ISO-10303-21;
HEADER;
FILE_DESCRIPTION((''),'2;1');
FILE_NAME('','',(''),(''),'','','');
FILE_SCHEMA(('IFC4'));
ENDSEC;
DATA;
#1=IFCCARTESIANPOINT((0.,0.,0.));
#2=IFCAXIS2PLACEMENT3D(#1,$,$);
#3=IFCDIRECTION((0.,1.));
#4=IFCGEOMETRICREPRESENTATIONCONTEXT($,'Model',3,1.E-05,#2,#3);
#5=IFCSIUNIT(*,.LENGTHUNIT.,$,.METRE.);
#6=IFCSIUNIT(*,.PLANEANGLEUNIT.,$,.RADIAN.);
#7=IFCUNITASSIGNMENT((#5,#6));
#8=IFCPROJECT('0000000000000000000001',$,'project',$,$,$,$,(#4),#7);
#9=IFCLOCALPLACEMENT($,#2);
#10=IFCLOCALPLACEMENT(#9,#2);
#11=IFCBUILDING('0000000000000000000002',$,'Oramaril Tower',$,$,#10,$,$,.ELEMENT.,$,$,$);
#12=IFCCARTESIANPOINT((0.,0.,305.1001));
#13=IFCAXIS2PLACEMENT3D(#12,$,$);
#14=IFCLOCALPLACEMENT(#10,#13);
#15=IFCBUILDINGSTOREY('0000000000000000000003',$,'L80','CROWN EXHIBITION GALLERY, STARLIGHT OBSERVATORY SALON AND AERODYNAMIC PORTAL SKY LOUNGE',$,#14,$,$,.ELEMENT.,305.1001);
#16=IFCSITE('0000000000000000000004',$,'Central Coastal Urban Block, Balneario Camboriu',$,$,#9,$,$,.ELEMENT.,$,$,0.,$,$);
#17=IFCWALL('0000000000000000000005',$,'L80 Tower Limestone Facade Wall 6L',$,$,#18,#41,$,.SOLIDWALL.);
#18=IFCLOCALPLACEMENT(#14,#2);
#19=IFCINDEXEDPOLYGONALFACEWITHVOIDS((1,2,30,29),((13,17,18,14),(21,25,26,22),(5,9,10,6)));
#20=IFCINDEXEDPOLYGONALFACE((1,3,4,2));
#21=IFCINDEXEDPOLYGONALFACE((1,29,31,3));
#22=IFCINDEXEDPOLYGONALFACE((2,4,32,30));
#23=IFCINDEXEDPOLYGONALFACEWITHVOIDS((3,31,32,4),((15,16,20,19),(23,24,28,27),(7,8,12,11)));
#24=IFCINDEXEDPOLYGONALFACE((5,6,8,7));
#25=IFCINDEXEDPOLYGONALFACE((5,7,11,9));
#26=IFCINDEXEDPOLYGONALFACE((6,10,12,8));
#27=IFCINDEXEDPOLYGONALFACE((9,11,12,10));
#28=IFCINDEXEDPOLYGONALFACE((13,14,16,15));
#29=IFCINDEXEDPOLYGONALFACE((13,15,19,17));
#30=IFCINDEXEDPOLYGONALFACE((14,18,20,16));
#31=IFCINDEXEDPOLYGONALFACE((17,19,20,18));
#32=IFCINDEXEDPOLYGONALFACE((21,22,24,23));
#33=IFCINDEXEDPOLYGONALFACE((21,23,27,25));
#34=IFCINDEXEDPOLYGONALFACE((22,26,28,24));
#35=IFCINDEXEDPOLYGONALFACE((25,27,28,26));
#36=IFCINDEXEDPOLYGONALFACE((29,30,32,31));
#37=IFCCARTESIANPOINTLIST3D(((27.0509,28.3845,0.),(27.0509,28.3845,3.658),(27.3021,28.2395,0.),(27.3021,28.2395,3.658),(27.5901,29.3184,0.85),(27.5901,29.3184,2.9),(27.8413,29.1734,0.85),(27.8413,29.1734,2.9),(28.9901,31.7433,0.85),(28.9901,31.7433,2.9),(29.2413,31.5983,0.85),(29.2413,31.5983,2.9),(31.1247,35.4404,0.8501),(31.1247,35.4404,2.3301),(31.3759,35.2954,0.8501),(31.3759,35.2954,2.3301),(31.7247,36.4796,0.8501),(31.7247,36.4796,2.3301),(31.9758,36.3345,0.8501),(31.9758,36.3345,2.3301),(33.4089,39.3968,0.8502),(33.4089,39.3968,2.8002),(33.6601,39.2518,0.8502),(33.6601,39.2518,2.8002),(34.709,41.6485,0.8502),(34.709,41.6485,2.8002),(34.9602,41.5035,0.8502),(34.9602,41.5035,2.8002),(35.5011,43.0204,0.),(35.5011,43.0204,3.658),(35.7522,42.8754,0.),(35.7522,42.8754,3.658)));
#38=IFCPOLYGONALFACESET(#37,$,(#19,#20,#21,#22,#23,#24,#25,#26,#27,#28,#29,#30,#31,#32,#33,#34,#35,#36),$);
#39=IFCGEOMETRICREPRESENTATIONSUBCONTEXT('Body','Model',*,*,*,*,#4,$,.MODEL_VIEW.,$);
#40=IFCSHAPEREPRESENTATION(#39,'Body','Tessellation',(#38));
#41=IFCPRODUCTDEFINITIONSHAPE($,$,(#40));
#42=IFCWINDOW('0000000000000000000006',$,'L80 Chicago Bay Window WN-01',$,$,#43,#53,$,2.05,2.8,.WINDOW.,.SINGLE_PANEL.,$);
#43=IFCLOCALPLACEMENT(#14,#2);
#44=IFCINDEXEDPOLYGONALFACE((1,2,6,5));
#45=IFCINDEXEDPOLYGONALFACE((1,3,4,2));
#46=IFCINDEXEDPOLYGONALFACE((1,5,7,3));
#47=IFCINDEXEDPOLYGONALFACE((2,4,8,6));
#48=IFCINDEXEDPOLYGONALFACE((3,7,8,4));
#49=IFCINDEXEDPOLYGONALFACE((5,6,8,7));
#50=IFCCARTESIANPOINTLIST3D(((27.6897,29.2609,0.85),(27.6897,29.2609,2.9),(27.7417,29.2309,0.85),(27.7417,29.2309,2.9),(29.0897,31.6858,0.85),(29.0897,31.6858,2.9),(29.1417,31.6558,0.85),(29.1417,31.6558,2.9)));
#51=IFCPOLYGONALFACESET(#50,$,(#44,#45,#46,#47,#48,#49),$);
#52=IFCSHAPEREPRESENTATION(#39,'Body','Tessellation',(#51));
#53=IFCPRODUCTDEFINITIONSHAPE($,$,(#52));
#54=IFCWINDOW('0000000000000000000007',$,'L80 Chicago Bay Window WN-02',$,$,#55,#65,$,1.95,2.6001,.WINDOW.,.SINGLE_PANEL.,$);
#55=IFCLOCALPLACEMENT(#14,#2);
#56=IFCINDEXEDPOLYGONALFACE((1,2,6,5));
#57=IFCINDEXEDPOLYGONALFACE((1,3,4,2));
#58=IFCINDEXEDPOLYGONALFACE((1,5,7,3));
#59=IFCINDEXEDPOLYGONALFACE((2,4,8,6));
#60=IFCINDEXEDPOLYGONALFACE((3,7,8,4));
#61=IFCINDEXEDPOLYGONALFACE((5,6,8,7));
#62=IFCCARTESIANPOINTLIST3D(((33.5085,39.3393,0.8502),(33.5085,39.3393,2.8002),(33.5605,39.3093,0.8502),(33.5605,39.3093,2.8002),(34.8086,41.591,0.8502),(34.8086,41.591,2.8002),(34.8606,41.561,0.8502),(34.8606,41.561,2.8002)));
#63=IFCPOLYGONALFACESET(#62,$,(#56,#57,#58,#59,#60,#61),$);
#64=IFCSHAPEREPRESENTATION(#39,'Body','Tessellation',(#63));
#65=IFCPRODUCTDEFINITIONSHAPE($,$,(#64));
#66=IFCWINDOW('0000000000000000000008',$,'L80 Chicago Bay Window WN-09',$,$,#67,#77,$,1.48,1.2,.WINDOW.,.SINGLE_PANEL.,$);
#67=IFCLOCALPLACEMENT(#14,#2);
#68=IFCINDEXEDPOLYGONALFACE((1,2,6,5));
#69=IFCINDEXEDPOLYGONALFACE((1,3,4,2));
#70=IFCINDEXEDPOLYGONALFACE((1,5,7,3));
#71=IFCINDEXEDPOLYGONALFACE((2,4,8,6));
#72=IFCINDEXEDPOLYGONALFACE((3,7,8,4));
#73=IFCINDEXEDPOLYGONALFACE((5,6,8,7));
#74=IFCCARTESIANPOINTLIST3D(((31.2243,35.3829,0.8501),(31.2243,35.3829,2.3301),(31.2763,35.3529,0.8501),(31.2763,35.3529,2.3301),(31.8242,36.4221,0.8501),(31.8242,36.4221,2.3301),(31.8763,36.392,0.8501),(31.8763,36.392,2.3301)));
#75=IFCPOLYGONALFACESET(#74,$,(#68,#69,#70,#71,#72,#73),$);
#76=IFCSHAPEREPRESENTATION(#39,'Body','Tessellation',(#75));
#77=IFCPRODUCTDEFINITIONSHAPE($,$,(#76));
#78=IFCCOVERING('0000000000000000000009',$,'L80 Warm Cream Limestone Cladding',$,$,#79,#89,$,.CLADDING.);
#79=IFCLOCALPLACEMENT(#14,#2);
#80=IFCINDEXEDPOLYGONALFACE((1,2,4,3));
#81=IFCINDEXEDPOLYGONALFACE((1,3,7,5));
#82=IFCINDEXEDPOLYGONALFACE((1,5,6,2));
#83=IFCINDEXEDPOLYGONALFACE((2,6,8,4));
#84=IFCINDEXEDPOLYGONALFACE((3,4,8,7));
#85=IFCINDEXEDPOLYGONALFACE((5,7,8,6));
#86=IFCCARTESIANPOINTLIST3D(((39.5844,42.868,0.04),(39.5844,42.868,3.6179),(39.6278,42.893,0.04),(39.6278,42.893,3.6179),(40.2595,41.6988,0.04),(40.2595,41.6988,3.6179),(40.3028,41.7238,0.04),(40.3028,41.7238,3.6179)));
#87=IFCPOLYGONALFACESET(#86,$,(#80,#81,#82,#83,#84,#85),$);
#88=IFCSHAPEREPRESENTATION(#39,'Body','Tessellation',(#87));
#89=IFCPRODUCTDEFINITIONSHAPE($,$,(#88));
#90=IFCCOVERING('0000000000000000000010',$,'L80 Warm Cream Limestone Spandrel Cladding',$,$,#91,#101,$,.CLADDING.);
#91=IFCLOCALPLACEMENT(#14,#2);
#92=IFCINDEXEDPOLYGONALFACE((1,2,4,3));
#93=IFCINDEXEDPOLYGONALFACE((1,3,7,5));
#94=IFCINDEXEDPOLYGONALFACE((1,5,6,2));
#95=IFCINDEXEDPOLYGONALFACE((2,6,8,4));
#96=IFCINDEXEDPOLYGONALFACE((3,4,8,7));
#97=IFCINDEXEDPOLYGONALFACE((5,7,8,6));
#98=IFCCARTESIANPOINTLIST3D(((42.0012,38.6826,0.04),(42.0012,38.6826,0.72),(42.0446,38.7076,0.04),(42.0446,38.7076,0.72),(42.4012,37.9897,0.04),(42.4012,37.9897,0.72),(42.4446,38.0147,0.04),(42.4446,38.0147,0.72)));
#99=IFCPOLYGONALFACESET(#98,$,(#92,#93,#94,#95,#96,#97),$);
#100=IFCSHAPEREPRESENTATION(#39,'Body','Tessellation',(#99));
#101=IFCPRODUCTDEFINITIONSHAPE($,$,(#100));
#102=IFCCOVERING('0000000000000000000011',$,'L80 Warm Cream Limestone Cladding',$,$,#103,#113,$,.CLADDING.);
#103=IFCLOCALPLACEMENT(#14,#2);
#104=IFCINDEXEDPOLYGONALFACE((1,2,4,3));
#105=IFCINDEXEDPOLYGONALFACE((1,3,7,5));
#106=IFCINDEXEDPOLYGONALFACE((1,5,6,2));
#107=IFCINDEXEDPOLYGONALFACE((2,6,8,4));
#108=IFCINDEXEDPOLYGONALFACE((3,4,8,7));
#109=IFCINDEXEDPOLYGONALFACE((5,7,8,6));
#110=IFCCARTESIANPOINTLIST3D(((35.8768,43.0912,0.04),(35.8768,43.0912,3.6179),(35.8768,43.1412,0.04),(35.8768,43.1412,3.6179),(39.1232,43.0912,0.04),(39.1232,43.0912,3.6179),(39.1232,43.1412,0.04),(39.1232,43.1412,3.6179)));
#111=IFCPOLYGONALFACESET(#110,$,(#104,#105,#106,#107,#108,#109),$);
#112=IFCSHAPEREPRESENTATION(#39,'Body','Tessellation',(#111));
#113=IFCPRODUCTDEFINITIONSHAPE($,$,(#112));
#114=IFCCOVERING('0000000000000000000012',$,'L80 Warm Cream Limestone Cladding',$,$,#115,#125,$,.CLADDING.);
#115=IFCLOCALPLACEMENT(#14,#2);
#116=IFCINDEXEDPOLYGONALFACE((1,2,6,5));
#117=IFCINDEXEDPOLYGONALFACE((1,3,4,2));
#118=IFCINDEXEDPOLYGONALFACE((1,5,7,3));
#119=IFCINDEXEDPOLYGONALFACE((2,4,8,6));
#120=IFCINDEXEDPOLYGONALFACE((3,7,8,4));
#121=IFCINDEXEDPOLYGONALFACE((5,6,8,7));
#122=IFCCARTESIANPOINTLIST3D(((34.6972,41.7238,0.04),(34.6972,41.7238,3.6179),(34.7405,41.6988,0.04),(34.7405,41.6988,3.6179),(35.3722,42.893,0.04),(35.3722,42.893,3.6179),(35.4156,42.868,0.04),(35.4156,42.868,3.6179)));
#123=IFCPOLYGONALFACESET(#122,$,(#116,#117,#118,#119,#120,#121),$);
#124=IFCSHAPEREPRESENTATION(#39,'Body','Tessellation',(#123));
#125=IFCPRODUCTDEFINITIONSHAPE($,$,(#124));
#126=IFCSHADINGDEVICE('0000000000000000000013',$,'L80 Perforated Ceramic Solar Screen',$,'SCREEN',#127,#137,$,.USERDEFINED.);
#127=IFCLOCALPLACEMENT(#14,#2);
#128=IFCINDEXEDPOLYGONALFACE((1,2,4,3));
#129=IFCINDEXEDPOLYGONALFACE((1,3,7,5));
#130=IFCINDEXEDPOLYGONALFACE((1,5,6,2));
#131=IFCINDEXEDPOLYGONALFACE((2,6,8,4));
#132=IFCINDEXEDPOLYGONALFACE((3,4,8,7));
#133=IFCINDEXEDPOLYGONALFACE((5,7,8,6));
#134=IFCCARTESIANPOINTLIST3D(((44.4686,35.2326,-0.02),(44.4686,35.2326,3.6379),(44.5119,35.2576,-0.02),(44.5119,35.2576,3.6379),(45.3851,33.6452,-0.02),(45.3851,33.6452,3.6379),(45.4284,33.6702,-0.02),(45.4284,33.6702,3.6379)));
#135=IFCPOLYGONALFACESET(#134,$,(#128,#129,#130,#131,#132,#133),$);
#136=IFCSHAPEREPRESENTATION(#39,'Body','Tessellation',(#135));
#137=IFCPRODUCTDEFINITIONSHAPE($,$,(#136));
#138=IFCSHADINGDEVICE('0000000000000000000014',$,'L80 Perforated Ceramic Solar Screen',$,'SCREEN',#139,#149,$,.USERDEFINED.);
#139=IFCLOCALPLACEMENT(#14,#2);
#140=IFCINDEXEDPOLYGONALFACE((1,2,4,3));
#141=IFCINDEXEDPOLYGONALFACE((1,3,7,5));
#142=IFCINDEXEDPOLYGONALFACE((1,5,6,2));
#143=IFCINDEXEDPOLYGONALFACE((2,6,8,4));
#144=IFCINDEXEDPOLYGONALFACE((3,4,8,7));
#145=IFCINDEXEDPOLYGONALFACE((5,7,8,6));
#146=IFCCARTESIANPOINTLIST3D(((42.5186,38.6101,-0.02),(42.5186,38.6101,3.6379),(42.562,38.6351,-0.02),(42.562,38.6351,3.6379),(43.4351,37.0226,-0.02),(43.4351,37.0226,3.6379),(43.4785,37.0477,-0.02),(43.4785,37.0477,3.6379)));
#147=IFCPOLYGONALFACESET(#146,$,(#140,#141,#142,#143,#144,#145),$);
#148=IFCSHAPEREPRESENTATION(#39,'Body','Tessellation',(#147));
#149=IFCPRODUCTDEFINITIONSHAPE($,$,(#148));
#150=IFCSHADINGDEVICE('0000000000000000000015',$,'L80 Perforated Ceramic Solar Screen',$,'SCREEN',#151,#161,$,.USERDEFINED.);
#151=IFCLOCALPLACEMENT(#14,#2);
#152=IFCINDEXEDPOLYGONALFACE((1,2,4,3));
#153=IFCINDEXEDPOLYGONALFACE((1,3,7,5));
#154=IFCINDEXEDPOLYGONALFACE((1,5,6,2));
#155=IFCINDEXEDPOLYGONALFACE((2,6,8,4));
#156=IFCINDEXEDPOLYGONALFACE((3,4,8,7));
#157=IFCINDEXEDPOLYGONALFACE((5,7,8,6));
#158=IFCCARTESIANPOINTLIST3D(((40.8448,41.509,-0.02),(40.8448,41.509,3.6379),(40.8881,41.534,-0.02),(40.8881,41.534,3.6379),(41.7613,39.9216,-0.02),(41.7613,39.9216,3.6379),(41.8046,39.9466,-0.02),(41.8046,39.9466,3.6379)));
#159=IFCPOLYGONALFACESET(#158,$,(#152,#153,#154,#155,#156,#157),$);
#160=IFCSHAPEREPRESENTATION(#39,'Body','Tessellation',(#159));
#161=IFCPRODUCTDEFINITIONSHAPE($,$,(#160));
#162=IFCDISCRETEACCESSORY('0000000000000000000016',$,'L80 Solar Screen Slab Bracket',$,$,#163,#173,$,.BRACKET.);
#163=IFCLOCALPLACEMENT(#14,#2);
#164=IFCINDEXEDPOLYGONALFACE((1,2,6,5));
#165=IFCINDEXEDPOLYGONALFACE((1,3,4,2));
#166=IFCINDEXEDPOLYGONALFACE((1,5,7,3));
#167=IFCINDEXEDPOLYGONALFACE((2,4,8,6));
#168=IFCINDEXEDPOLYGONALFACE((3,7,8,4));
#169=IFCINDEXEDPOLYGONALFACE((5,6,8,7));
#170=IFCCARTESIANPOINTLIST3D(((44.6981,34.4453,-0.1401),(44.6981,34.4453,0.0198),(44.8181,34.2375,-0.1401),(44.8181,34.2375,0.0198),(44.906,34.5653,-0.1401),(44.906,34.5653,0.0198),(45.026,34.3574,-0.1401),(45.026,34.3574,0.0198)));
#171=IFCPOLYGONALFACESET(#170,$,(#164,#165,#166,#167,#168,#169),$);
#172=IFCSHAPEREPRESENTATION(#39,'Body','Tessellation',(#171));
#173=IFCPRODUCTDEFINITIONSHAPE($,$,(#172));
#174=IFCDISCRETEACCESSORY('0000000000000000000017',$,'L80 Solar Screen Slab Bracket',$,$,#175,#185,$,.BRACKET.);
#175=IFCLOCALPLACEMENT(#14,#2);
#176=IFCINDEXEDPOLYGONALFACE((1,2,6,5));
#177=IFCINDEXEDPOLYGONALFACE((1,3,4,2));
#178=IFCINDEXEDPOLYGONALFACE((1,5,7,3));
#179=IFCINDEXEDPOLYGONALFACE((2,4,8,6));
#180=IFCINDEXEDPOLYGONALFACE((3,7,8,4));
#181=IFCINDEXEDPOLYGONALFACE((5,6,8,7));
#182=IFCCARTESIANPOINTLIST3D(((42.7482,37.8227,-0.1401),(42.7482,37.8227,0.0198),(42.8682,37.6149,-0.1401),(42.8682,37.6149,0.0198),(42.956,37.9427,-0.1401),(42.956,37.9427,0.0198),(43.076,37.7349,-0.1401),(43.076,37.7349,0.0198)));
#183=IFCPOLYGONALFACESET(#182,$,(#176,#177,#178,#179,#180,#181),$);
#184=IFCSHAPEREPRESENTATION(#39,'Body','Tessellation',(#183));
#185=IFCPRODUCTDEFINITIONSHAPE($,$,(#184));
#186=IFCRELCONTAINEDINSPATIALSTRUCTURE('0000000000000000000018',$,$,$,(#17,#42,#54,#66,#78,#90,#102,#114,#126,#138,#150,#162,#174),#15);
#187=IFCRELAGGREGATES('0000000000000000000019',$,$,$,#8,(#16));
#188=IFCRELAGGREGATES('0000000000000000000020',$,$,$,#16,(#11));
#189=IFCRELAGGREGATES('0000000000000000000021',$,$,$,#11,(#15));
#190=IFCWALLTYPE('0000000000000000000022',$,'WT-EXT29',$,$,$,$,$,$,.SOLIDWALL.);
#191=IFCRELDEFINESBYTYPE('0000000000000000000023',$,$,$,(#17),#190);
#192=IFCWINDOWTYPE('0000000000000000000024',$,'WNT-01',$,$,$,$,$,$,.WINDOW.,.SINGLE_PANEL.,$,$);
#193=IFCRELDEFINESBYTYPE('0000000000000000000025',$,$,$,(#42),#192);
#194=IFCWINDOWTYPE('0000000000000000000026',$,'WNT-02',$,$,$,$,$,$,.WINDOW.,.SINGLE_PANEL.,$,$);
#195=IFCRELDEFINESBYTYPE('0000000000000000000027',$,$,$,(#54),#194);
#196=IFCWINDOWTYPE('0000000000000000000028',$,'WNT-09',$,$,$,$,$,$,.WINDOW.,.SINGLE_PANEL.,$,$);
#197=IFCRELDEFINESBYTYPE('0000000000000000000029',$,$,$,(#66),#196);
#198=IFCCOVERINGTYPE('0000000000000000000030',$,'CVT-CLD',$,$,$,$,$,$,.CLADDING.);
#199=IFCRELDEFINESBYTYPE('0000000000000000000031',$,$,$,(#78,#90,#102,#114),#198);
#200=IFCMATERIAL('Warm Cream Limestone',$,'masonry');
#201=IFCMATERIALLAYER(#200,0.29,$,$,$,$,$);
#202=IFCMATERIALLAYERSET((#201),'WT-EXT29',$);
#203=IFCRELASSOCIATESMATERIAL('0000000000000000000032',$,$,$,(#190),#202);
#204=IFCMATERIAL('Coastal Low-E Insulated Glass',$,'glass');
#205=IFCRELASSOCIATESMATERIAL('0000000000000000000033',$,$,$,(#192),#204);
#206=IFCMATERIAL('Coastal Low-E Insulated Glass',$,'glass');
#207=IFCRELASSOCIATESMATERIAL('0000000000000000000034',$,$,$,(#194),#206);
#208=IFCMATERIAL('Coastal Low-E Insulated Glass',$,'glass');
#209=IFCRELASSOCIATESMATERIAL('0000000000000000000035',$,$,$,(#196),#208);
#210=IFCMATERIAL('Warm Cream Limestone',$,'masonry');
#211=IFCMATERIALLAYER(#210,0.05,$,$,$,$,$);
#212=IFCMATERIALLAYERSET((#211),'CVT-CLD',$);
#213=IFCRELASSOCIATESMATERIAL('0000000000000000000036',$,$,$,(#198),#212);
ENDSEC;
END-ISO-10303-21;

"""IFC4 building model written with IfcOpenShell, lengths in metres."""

from ifc_helpers import new_model, si_unit, direction, frame, frame_2d, origin, origin_2d, place, context, subcontext, project, spatial, rectangle, extrude, material, layer, layer_set, type_object, element, fill, save


model = new_model("IFC4")

# Units and contexts
model_context = context("Model", 3, precision=1e-05, world=origin(), true_north=direction((0.0, 1.0)))
body_context = subcontext(model_context, "Body", "Model", "MODEL_VIEW")
ifc_project = project(units=[si_unit("LENGTHUNIT", "METRE"), si_unit("PLANEANGLEUNIT", "RADIAN")], contexts=[model_context])

# Site, building, storey
site_placement = place(None, origin())
site = spatial("IfcSite", under=ifc_project, at=site_placement, Name="Central Coastal Urban Block, Balneario Camboriu", CompositionType="ELEMENT", RefElevation=0.0)
building_placement = place(site_placement, origin())
building = spatial("IfcBuilding", under=site, at=building_placement, Name="Oramaril Tower", CompositionType="ELEMENT")
storey_placement = place(building_placement, frame((0.0, 0.0, 305.1001)))
storey = spatial("IfcBuildingStorey", under=building, at=storey_placement, Name="L80", Description="CROWN EXHIBITION GALLERY, STARLIGHT OBSERVATORY SALON AND AERODYNAMIC PORTAL SKY LOUNGE", CompositionType="ELEMENT", Elevation=305.1001)

# Shared definitions
ifc_material_1 = material(Name="Warm Cream Limestone", Category="masonry")
ifc_layer_1 = layer(ifc_material_1, 0.29)
ifc_layer_set_1 = layer_set([ifc_layer_1], Name="WT-EXT29")
wall_type = type_object("IfcWallType", Name="WT-EXT29", PredefinedType="SOLIDWALL", material=ifc_layer_set_1)

# Wall, openings, windows
wall_1_placement = place(storey_placement, frame((35.6267, 42.948, 0.0), z_axis=(0.0, 0.0, 1.0), x_axis=(-0.500005, -0.866023, 0.0)))
wall_1 = element("IfcWall", 1, at=wall_1_placement, inside=storey, type_object=wall_type, Name="L80 Tower Limestone Facade Wall 6L", PredefinedType="SOLIDWALL", context=body_context, shape_type="SweptSolid", body=[
    extrude(rectangle(XDim=16.9001, YDim=0.29, at=frame_2d((8.4502, 0.0))), origin(), (0.0, 0.0, 1.0), 3.658),
])
opening_1_placement = place(wall_1_placement, frame((13.022, 0.0, 0.8501)))
opening_1 = element("IfcOpeningElement", 2, at=opening_1_placement, cuts=wall_1, PredefinedType="OPENING", context=body_context, shape_type="SweptSolid", body=[
    extrude(rectangle(XDim=2.8, YDim=2.05, at=frame_2d((1.3999, 1.0249))), frame((0.0, 0.145, 0.0), z_axis=(0.0, -1.0, 0.0), x_axis=(1.0, 0.0, 0.0)), (0.0, 0.0, 1.0), 0.29),
])
opening_2_placement = place(wall_1_placement, frame((1.5842, 0.0, 0.8501)))
opening_2 = element("IfcOpeningElement", 3, at=opening_2_placement, cuts=wall_1, PredefinedType="OPENING", context=body_context, shape_type="SweptSolid", body=[
    extrude(rectangle(XDim=2.6001, YDim=1.95, at=frame_2d((1.3, 0.9751))), frame((0.0, 0.145, 0.0), z_axis=(0.0, -1.0, 0.0), x_axis=(1.0, 0.0, 0.0)), (0.0, 0.0, 1.0), 0.29),
])
opening_3_placement = place(wall_1_placement, frame((7.5527, 0.0, 0.8501)))
opening_3 = element("IfcOpeningElement", 4, at=opening_3_placement, cuts=wall_1, PredefinedType="OPENING", context=body_context, shape_type="SweptSolid", body=[
    extrude(rectangle(XDim=1.2, YDim=1.48, at=frame_2d((0.6001, 0.74))), frame((0.0, 0.145, 0.0), z_axis=(0.0, -1.0, 0.0), x_axis=(1.0, 0.0, 0.0)), (0.0, 0.0, 1.0), 0.29),
])
ifc_material_2 = material(Name="Coastal Low-E Insulated Glass", Category="glass")
window_type_1 = type_object("IfcWindowType", Name="WNT-01", PartitioningType="SINGLE_PANEL", PredefinedType="WINDOW", material=ifc_material_2)
window_1_placement = place(opening_1_placement, origin())
window_1 = element("IfcWindow", 5, at=window_1_placement, inside=storey, type_object=window_type_1, Name="L80 Chicago Bay Window WN-01", OverallHeight=2.05, OverallWidth=2.8, PartitioningType="SINGLE_PANEL", PredefinedType="WINDOW", context=body_context, shape_type="SweptSolid", body=[
    extrude(rectangle(XDim=2.8, YDim=2.05, at=frame_2d((1.3999, 1.0249))), frame((0.0, 0.03, 0.0), z_axis=(0.0, -1.0, 0.0), x_axis=(1.0, 0.0, 0.0)), (0.0, 0.0, 1.0), 0.0601),
])
fill(opening_1, window_1)
ifc_material_3 = material(Name="Coastal Low-E Insulated Glass", Category="glass")
window_type_2 = type_object("IfcWindowType", Name="WNT-02", PartitioningType="SINGLE_PANEL", PredefinedType="WINDOW", material=ifc_material_3)
window_2_placement = place(opening_2_placement, origin())
window_2 = element("IfcWindow", 6, at=window_2_placement, inside=storey, type_object=window_type_2, Name="L80 Chicago Bay Window WN-02", OverallHeight=1.95, OverallWidth=2.6001, PartitioningType="SINGLE_PANEL", PredefinedType="WINDOW", context=body_context, shape_type="SweptSolid", body=[
    extrude(rectangle(XDim=2.6001, YDim=1.95, at=frame_2d((1.3, 0.9751))), frame((0.0, 0.03, 0.0), z_axis=(0.0, -1.0, 0.0), x_axis=(1.0, 0.0, 0.0)), (0.0, 0.0, 1.0), 0.0601),
])
fill(opening_2, window_2)
ifc_material_4 = material(Name="Coastal Low-E Insulated Glass", Category="glass")
window_type_3 = type_object("IfcWindowType", Name="WNT-09", PartitioningType="SINGLE_PANEL", PredefinedType="WINDOW", material=ifc_material_4)
window_3_placement = place(opening_3_placement, origin())
window_3 = element("IfcWindow", 7, at=window_3_placement, inside=storey, type_object=window_type_3, Name="L80 Chicago Bay Window WN-09", OverallHeight=1.48, OverallWidth=1.2, PartitioningType="SINGLE_PANEL", PredefinedType="WINDOW", context=body_context, shape_type="SweptSolid", body=[
    extrude(rectangle(XDim=1.2, YDim=1.48, at=frame_2d((0.6001, 0.74))), frame((0.0, 0.03, 0.0), z_axis=(0.0, -1.0, 0.0), x_axis=(1.0, 0.0, 0.0)), (0.0, 0.0, 1.0), 0.0601),
])
fill(opening_3, window_3)

# Coverings
ifc_material_5 = material(Name="Warm Cream Limestone", Category="masonry")
ifc_layer_2 = layer(ifc_material_5, 0.05)
ifc_layer_set_2 = layer_set([ifc_layer_2], Name="CVT-CLD")
covering_type = type_object("IfcCoveringType", Name="CVT-CLD", PredefinedType="CLADDING", material=ifc_layer_set_2)
covering_1_placement = place(storey_placement, frame((39.9436, 42.2959, 0.04), z_axis=(0.0, 0.0, 1.0), x_axis=(-0.5, 0.866025, 0.0)))
element("IfcCovering", 8, at=covering_1_placement, inside=storey, type_object=covering_type, Name="L80 Warm Cream Limestone Cladding", PredefinedType="CLADDING", context=body_context, shape_type="SweptSolid", body=[
    extrude(rectangle(XDim=1.3501, YDim=0.05, at=origin_2d()), origin(), (0.0, 0.0, 1.0), 3.5779),
])
covering_2_placement = place(storey_placement, frame((42.2229, 38.3486, 0.04), z_axis=(0.0, 0.0, 1.0), x_axis=(-0.5, 0.866025, 0.0)))
element("IfcCovering", 9, at=covering_2_placement, inside=storey, type_object=covering_type, Name="L80 Warm Cream Limestone Spandrel Cladding", PredefinedType="CLADDING", context=body_context, shape_type="SweptSolid", body=[
    extrude(rectangle(XDim=0.8, YDim=0.05, at=origin_2d()), origin(), (0.0, 0.0, 1.0), 0.6799),
])
covering_3_placement = place(storey_placement, frame((37.5, 43.1162, 0.04), z_axis=(0.0, 0.0, 1.0), x_axis=(-1.0, 0.0, 0.0)))
element("IfcCovering", 10, at=covering_3_placement, inside=storey, type_object=covering_type, Name="L80 Warm Cream Limestone Cladding", PredefinedType="CLADDING", context=body_context, shape_type="SweptSolid", body=[
    extrude(rectangle(XDim=3.2463, YDim=0.05, at=origin_2d()), origin(), (0.0, 0.0, 1.0), 3.5779),
])
covering_4_placement = place(storey_placement, frame((35.0564, 42.2959, 0.04), z_axis=(0.0, 0.0, 1.0), x_axis=(-0.5, -0.866025, 0.0)))
element("IfcCovering", 11, at=covering_4_placement, inside=storey, type_object=covering_type, Name="L80 Warm Cream Limestone Cladding", PredefinedType="CLADDING", context=body_context, shape_type="SweptSolid", body=[
    extrude(rectangle(XDim=1.3501, YDim=0.05, at=origin_2d()), origin(), (0.0, 0.0, 1.0), 3.5779),
])

# Shading devices
for number, where, z_axis, x_axis, name in (
    (12, (44.9485, 34.4514, -0.02), (0.0, 0.0, 1.0), (-0.500002, 0.866025, 0.0), "L80 Perforated Ceramic Solar Screen"),
    (13, (42.9985, 37.8289, -0.02), (0.0, 0.0, 1.0), (-0.500002, 0.866025, 0.0), "L80 Perforated Ceramic Solar Screen"),
    (14, (41.3247, 40.7278, -0.02), (0.0, 0.0, 1.0), (-0.500002, 0.866025, 0.0), "L80 Perforated Ceramic Solar Screen"),
):
    element("IfcShadingDevice", number, at=place(storey_placement, frame(where, z_axis=z_axis, x_axis=x_axis)), inside=storey, Name=name, ObjectType="SCREEN", PredefinedType="USERDEFINED", context=body_context, shape_type="SweptSolid", body=[
        extrude(rectangle(XDim=1.833, YDim=0.05, at=origin_2d()), origin(), (0.0, 0.0, 1.0), 3.658),
    ])

# Discrete accessories
for number, where, z_axis, x_axis, name in (
    (15, (44.8621, 34.4014, -0.1401), (0.0, 0.0, 1.0), (-0.500002, 0.866025, 0.0), "L80 Solar Screen Slab Bracket"),
    (16, (42.9121, 37.7788, -0.1401), (0.0, 0.0, 1.0), (-0.500002, 0.866025, 0.0), "L80 Solar Screen Slab Bracket"),
):
    element("IfcDiscreteAccessory", number, at=place(storey_placement, frame(where, z_axis=z_axis, x_axis=x_axis)), inside=storey, Name=name, PredefinedType="BRACKET", context=body_context, shape_type="SweptSolid", body=[
        extrude(rectangle(XDim=0.24, YDim=0.24, at=origin_2d()), origin(), (0.0, 0.0, 1.0), 0.1599),
    ])

save(model, "model.ifc")
